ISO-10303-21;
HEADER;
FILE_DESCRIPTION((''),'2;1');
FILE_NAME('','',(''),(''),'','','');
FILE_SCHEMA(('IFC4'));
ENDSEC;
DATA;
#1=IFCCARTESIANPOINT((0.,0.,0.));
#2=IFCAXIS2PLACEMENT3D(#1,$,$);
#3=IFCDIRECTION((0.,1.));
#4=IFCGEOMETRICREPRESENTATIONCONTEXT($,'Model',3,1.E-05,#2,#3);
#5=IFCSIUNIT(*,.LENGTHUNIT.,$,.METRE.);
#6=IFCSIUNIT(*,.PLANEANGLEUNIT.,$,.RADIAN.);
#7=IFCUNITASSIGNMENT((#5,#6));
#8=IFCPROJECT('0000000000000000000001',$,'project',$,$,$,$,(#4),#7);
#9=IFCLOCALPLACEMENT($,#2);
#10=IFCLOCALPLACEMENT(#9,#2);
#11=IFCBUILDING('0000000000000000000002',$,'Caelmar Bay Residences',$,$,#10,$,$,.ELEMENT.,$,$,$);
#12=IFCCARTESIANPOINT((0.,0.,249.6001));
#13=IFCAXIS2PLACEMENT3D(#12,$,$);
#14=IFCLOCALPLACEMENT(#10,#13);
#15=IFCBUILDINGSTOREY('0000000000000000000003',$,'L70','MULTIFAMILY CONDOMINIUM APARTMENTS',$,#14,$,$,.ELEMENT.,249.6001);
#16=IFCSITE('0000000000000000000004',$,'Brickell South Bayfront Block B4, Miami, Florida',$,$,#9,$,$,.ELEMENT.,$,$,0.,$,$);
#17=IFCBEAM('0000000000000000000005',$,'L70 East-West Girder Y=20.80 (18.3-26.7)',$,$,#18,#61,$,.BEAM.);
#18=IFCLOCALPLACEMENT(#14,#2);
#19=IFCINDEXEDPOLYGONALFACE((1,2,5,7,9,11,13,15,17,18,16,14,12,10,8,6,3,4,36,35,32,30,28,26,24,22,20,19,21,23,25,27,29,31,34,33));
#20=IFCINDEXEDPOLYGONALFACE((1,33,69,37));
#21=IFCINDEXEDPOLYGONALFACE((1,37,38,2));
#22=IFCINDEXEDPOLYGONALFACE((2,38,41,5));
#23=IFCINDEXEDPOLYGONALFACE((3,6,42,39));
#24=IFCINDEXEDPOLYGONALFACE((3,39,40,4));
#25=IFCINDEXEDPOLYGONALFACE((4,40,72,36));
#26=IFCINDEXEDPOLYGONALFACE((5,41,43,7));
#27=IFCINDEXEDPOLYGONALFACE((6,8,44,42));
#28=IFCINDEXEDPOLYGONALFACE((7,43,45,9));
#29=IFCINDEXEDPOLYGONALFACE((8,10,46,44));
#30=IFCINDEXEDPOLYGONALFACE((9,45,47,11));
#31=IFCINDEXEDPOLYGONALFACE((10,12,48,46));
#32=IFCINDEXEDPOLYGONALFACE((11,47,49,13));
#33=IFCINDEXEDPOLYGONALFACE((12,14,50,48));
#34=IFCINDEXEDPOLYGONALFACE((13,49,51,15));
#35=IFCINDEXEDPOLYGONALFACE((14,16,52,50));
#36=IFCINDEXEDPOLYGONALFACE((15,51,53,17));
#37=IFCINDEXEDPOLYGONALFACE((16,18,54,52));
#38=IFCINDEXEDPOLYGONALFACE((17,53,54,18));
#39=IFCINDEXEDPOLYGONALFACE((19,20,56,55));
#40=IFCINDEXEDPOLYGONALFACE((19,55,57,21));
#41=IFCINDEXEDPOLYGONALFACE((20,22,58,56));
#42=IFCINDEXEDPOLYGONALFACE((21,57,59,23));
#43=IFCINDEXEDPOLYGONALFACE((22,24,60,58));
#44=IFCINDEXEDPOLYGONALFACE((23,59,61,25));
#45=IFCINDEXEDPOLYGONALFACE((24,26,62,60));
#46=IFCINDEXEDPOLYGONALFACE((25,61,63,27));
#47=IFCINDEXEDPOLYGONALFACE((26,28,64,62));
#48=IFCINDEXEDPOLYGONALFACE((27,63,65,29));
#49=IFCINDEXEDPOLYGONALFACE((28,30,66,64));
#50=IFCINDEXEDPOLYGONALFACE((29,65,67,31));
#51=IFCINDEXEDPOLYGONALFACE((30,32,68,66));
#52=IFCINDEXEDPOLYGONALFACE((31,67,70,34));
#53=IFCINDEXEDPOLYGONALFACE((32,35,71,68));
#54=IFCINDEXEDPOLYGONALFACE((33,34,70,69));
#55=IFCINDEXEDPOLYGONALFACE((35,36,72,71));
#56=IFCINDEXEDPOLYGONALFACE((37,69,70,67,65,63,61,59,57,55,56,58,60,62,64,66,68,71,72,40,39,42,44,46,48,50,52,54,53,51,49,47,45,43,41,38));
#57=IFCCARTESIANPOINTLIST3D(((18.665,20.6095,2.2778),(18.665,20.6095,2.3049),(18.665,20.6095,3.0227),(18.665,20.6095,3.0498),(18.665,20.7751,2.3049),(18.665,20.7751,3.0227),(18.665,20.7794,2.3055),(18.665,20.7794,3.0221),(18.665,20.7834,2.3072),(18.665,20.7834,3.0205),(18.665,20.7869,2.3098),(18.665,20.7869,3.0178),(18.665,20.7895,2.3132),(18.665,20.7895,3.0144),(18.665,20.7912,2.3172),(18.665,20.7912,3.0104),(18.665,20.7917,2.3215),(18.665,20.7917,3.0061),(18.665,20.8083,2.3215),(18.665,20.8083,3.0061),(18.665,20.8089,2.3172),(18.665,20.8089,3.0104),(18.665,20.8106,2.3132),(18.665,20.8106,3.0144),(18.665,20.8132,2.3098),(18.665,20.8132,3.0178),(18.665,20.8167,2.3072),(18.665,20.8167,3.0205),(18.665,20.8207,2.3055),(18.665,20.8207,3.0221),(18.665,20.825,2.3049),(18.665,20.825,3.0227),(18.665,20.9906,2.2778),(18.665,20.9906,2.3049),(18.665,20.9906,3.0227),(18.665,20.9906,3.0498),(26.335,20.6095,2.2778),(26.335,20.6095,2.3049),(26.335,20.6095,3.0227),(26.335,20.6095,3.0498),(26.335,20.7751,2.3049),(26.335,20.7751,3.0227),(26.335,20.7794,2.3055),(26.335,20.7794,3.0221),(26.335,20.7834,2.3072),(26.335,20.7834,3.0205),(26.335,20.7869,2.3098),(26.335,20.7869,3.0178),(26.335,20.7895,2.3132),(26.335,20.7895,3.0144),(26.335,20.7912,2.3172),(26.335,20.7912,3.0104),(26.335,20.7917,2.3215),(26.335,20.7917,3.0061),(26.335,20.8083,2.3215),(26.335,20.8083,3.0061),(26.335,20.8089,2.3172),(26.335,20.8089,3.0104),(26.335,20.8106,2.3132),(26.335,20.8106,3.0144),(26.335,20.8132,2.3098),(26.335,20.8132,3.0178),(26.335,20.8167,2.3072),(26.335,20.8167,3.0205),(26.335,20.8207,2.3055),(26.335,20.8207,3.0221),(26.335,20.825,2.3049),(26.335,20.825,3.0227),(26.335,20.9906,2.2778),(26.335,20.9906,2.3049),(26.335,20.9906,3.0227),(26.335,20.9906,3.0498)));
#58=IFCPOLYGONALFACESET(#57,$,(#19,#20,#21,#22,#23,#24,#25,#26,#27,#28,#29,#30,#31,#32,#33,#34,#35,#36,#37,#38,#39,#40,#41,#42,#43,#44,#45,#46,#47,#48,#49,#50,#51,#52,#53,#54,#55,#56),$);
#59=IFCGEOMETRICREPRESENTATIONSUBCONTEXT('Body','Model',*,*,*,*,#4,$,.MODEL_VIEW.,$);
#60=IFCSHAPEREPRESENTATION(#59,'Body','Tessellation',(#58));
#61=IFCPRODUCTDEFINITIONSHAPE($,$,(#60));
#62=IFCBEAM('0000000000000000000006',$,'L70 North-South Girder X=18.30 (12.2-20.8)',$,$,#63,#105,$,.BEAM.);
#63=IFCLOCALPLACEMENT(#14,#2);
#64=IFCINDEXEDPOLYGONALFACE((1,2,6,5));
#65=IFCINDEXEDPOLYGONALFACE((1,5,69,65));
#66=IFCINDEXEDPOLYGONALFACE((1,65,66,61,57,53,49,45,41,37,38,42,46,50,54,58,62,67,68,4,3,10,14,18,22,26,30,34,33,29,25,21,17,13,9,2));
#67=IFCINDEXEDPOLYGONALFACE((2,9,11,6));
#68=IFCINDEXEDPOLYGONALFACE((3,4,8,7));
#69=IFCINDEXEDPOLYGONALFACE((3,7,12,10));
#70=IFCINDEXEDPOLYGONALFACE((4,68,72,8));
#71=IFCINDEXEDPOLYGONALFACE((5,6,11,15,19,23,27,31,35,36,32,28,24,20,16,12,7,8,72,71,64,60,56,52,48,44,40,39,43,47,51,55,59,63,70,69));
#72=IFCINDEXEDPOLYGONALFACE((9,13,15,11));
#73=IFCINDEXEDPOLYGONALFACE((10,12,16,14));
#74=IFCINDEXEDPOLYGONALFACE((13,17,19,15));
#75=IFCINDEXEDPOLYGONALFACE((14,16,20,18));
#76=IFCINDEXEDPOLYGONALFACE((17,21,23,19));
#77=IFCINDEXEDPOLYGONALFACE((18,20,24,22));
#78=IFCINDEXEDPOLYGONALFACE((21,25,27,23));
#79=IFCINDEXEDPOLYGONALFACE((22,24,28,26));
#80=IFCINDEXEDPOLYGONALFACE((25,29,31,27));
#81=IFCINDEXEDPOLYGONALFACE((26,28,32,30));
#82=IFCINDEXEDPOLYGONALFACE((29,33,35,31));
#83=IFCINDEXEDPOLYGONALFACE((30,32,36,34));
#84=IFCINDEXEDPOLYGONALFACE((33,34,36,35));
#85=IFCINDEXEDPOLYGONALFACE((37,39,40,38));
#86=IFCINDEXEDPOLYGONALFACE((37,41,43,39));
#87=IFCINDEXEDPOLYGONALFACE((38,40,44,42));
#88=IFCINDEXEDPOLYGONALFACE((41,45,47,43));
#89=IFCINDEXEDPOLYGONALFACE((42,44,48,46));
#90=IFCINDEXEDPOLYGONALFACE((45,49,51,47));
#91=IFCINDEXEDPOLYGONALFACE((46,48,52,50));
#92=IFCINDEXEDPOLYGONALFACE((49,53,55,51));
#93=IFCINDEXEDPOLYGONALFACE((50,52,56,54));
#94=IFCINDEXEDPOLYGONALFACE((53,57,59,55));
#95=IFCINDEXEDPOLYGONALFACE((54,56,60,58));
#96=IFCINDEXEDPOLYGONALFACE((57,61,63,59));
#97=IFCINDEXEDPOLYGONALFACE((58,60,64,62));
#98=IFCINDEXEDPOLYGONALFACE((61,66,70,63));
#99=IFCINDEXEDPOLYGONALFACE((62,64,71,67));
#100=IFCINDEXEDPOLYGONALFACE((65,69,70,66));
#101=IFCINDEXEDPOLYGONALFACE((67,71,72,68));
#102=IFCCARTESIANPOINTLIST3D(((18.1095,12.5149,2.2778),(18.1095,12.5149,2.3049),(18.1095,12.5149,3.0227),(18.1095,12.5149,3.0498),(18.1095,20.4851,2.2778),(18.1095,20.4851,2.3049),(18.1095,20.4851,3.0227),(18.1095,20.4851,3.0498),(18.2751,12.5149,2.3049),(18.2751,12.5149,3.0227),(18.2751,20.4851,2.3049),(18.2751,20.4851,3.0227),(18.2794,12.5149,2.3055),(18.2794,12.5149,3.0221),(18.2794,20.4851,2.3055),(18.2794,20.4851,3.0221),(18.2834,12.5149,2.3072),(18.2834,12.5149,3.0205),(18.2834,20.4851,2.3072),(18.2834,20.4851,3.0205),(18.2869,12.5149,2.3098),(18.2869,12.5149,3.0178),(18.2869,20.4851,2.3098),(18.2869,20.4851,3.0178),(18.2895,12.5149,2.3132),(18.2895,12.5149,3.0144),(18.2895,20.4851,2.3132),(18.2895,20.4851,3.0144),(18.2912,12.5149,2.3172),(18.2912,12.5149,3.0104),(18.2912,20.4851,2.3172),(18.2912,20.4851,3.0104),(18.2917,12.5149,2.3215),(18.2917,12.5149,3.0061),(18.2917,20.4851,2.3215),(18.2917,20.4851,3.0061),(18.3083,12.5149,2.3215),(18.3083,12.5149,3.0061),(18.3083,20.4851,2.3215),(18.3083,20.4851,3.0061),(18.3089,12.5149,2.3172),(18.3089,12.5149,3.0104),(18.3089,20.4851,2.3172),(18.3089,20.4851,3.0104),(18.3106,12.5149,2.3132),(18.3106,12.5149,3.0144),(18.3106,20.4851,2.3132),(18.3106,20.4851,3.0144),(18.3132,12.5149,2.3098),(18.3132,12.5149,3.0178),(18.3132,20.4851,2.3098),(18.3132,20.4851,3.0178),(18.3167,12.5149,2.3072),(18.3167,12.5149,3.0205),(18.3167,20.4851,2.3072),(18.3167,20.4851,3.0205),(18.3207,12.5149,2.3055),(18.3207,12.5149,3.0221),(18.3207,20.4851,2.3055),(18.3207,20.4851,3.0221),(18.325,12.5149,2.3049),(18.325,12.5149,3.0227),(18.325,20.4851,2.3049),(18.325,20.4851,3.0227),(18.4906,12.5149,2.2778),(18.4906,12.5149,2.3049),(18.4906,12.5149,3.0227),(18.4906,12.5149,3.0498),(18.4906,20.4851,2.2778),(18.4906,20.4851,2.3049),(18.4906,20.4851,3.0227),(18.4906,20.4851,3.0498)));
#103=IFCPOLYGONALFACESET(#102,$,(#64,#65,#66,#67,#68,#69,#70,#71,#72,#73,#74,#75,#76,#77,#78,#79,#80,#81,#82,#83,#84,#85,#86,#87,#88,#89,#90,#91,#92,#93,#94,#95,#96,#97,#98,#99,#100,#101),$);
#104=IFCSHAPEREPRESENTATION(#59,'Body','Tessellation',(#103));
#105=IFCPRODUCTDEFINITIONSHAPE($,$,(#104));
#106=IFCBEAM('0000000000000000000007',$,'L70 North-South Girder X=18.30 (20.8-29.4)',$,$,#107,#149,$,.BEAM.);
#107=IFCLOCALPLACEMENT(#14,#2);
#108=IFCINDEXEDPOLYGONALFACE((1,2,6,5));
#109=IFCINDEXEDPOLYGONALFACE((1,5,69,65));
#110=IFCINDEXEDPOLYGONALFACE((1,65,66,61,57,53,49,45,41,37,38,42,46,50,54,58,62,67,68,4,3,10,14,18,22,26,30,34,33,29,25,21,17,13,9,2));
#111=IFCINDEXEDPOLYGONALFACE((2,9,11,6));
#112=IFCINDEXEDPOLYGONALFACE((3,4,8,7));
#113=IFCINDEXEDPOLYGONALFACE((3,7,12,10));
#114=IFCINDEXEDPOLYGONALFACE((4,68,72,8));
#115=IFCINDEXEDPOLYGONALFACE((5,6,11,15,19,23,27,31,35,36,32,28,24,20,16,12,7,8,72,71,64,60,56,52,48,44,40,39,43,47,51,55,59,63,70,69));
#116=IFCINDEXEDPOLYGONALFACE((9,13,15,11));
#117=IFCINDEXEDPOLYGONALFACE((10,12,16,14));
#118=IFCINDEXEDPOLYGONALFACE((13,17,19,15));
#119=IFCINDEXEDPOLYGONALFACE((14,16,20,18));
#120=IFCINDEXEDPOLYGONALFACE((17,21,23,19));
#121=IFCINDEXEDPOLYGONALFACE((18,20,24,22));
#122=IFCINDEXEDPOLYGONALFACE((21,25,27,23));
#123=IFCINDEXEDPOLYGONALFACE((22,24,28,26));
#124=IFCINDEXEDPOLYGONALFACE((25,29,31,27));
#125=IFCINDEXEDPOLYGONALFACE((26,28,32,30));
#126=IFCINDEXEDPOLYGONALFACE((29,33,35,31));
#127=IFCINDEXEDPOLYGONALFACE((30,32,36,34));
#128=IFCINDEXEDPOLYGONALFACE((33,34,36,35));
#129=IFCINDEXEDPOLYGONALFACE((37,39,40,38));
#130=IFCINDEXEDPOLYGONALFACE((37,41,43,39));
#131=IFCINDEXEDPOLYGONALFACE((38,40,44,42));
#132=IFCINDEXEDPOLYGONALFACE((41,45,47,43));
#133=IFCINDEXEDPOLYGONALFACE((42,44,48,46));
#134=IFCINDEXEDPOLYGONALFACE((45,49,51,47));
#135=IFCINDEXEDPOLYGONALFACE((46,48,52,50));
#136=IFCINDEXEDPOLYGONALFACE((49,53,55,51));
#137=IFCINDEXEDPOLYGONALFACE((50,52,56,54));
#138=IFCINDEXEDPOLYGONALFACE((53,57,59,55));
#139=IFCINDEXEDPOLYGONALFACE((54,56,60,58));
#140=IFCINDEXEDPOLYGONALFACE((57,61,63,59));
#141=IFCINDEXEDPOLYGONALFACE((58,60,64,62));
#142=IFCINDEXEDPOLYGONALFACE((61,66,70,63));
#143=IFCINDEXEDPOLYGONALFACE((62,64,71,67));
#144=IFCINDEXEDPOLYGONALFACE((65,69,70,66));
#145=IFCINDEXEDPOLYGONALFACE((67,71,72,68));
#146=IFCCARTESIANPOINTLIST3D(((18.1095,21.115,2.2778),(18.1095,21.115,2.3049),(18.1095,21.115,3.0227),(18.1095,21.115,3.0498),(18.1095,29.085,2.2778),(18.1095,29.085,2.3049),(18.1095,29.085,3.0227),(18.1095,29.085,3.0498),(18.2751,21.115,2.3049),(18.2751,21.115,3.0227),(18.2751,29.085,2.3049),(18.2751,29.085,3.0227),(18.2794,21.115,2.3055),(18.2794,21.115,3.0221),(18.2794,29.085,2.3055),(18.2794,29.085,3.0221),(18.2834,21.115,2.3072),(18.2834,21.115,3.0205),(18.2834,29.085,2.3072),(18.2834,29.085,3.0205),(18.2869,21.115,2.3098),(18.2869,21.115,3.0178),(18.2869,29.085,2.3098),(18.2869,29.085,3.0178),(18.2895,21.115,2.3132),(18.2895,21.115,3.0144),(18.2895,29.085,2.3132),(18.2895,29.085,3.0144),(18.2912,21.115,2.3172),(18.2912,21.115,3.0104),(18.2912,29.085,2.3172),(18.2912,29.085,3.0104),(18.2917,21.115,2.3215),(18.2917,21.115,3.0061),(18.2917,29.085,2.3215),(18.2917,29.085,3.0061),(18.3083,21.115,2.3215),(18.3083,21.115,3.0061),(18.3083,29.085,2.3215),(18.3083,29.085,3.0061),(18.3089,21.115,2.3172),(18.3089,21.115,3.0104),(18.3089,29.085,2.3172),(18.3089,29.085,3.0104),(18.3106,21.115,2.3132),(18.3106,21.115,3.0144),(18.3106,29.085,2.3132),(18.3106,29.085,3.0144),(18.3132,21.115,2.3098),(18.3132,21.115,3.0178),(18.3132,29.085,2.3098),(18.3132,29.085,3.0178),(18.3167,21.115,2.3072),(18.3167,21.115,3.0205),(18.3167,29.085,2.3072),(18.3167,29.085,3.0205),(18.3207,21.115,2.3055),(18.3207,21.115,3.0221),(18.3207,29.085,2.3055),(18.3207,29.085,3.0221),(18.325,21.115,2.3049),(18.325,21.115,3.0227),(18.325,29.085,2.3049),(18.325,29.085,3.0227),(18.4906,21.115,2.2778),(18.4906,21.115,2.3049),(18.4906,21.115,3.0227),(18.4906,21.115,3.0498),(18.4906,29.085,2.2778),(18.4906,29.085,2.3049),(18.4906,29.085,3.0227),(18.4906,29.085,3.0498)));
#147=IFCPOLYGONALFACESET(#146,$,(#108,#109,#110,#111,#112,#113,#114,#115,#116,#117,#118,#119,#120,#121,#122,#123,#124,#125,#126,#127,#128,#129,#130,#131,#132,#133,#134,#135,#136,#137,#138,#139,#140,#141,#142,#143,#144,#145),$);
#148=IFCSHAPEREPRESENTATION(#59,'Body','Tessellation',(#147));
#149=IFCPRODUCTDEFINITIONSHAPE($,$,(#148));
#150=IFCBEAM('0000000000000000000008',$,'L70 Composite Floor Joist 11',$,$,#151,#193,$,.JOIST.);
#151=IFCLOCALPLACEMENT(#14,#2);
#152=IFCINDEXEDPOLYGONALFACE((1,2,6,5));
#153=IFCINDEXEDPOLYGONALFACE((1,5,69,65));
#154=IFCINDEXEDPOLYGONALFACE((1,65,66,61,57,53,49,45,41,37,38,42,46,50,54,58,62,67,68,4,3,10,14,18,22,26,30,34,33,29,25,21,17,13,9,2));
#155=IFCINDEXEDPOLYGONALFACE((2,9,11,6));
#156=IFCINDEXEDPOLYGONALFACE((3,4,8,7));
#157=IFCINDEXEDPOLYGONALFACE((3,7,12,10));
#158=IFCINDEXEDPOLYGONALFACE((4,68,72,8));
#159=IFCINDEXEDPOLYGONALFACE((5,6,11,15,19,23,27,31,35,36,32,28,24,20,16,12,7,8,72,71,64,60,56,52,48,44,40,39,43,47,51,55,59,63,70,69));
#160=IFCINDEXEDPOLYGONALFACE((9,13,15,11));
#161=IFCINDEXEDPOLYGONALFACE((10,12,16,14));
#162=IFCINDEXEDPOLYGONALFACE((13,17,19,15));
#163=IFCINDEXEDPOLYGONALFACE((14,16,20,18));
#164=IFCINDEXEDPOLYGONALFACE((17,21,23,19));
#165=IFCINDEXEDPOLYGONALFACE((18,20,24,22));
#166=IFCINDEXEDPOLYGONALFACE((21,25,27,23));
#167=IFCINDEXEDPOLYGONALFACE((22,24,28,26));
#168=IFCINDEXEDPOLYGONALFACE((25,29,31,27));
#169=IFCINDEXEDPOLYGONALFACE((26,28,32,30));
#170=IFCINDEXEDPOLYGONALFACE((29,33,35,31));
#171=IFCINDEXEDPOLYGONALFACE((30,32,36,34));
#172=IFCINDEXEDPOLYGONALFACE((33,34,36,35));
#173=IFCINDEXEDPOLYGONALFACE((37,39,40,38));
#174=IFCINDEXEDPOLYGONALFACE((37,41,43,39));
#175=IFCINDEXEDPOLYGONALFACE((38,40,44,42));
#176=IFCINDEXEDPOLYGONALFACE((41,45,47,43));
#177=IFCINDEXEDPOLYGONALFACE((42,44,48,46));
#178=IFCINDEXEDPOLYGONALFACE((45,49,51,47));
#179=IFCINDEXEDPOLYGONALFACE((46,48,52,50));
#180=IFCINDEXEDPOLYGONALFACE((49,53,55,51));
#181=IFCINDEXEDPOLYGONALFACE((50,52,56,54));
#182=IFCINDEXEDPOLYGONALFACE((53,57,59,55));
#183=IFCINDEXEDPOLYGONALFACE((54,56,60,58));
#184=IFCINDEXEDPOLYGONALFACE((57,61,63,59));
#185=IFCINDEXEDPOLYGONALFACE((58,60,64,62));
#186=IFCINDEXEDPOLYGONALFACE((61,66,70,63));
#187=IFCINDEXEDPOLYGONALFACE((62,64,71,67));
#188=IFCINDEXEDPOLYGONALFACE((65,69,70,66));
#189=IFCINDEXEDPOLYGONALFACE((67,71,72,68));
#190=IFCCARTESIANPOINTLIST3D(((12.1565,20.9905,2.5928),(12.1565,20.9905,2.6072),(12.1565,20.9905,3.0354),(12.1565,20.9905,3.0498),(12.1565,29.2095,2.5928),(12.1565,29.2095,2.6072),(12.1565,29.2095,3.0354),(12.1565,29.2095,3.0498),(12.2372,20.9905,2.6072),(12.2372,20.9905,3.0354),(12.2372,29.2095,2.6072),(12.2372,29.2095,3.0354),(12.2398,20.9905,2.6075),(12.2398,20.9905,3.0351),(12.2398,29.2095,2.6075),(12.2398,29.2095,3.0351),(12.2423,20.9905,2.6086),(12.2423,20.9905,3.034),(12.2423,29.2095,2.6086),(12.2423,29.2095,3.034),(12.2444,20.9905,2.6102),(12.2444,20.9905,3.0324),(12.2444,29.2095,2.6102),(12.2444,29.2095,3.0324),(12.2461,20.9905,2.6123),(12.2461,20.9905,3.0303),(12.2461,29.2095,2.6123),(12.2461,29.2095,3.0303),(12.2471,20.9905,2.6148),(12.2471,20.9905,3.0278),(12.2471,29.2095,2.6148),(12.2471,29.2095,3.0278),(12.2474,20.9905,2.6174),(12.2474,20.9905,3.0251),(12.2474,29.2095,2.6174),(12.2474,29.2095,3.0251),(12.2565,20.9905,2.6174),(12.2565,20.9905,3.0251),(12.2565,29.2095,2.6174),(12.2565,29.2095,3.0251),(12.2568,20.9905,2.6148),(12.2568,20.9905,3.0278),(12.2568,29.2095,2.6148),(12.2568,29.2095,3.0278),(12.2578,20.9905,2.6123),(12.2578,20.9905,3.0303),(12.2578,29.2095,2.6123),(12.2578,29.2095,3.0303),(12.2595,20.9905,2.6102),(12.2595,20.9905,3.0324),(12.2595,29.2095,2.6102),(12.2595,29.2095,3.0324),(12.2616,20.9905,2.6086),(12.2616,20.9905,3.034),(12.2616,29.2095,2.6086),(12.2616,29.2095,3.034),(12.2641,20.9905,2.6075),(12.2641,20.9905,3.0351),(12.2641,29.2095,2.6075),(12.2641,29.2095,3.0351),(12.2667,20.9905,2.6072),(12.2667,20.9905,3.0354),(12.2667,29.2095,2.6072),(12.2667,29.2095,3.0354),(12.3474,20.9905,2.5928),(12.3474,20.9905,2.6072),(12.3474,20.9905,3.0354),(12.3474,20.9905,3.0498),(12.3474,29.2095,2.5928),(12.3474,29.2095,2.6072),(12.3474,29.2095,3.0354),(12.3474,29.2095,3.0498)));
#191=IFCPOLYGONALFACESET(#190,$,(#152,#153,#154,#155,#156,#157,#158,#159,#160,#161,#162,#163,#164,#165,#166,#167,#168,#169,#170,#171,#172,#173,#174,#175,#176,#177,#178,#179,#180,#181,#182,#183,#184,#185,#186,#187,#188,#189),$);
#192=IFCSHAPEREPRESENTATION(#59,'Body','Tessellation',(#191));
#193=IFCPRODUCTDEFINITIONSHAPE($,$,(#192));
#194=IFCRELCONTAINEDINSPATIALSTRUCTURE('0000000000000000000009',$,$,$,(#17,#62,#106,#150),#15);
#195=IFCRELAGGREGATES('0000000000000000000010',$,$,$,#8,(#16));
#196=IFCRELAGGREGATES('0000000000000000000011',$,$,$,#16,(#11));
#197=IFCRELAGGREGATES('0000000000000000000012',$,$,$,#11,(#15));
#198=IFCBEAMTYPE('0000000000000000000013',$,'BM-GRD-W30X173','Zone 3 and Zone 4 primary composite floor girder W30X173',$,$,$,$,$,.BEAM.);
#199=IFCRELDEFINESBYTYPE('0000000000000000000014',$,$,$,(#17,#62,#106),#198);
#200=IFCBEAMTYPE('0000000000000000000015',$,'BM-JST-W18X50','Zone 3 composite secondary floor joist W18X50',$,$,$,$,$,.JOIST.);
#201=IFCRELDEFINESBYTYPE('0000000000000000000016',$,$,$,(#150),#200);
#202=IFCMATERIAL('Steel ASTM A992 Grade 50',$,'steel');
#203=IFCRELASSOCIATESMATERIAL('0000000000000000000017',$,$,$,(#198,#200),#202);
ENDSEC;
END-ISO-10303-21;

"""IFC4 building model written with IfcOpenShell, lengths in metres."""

from ifc_helpers import new_model, si_unit, direction, frame, origin, origin_2d, place, context, subcontext, project, spatial, i_section, extrude, material, material_profile, profile_set, type_object, element, save


model = new_model("IFC4")

# Units and contexts
model_context = context("Model", 3, precision=1e-05, world=origin(), true_north=direction((0.0, 1.0)))
body_context = subcontext(model_context, "Body", "Model", "MODEL_VIEW")
ifc_project = project(units=[si_unit("LENGTHUNIT", "METRE"), si_unit("PLANEANGLEUNIT", "RADIAN")], contexts=[model_context])

# Site, building, storey
site_placement = place(None, origin())
site = spatial("IfcSite", under=ifc_project, at=site_placement, Name="Brickell South Bayfront Block B4, Miami, Florida", CompositionType="ELEMENT", RefElevation=0.0)
building_placement = place(site_placement, origin())
building = spatial("IfcBuilding", under=site, at=building_placement, Name="Caelmar Bay Residences", CompositionType="ELEMENT")
storey_placement = place(building_placement, frame((0.0, 0.0, 249.6001)))
storey = spatial("IfcBuildingStorey", under=building, at=storey_placement, Name="L70", Description="MULTIFAMILY CONDOMINIUM APARTMENTS", CompositionType="ELEMENT", Elevation=249.6001)

# Beams
ifc_material_1 = material(Name="Steel ASTM A992 Grade 50", Category="steel")
ifc_material_profile_1 = material_profile(ifc_material_1, i_section(OverallWidth=0.3811, OverallDepth=0.772, WebThickness=0.0166, FlangeThickness=0.0271, FilletRadius=0.0166, at=origin_2d()), Name="W30X173")
ifc_profile_set_1 = profile_set([ifc_material_profile_1], Name="Steel ASTM A992 Grade 50")
beam_type_1 = type_object("IfcBeamType", Name="BM-GRD-W30X173", Description="Zone 3 and Zone 4 primary composite floor girder W30X173", PredefinedType="BEAM", material=ifc_profile_set_1)
beam_1_placement = place(storey_placement, frame((18.665, 20.8, 2.6638), z_axis=(1.0, 0.0, 0.0), x_axis=(0.0, 1.0, 0.0)))
element("IfcBeam", 1, at=beam_1_placement, inside=storey, type_object=beam_type_1, Name="L70 East-West Girder Y=20.80 (18.3-26.7)", PredefinedType="BEAM", context=body_context, shape_type="SweptSolid", body=[
    extrude(i_section(OverallWidth=0.3811, OverallDepth=0.772, WebThickness=0.0166, FlangeThickness=0.0271, FilletRadius=0.0166, at=origin_2d()), origin(), (0.0, 0.0, 1.0), 7.6699),
])
beam_2_placement = place(storey_placement, frame((18.3, 12.5149, 2.6638), z_axis=(0.0, 1.0, 0.0), x_axis=(-1.0, 0.0, 0.0)))
element("IfcBeam", 2, at=beam_2_placement, inside=storey, type_object=beam_type_1, Name="L70 North-South Girder X=18.30 (12.2-20.8)", PredefinedType="BEAM", context=body_context, shape_type="SweptSolid", body=[
    extrude(i_section(OverallWidth=0.3811, OverallDepth=0.772, WebThickness=0.0166, FlangeThickness=0.0271, FilletRadius=0.0166, at=origin_2d()), origin(), (0.0, 0.0, 1.0), 7.9702),
])
beam_3_placement = place(storey_placement, frame((18.3, 21.115, 2.6638), z_axis=(0.0, 1.0, 0.0), x_axis=(-1.0, 0.0, 0.0)))
element("IfcBeam", 3, at=beam_3_placement, inside=storey, type_object=beam_type_1, Name="L70 North-South Girder X=18.30 (20.8-29.4)", PredefinedType="BEAM", context=body_context, shape_type="SweptSolid", body=[
    extrude(i_section(OverallWidth=0.3811, OverallDepth=0.772, WebThickness=0.0166, FlangeThickness=0.0271, FilletRadius=0.0166, at=origin_2d()), origin(), (0.0, 0.0, 1.0), 7.97),
])
ifc_material_profile_2 = material_profile(ifc_material_1, i_section(OverallWidth=0.1909, OverallDepth=0.457, WebThickness=0.009, FlangeThickness=0.0144, FilletRadius=0.0103, at=origin_2d()), Name="W18X50")
ifc_profile_set_2 = profile_set([ifc_material_profile_2], Name="Steel ASTM A992 Grade 50")
beam_type_2 = type_object("IfcBeamType", Name="BM-JST-W18X50", Description="Zone 3 composite secondary floor joist W18X50", PredefinedType="JOIST", material=ifc_profile_set_2)
beam_4_placement = place(storey_placement, frame((12.252, 20.9905, 2.8213), z_axis=(0.0, 1.0, 0.0), x_axis=(-1.0, 0.0, 0.0)))
element("IfcBeam", 4, at=beam_4_placement, inside=storey, type_object=beam_type_2, Name="L70 Composite Floor Joist 11", PredefinedType="JOIST", context=body_context, shape_type="SweptSolid", body=[
    extrude(i_section(OverallWidth=0.1909, OverallDepth=0.457, WebThickness=0.009, FlangeThickness=0.0144, FilletRadius=0.0103, at=origin_2d()), origin(), (0.0, 0.0, 1.0), 8.219),
])

save(model, "model.ifc")
